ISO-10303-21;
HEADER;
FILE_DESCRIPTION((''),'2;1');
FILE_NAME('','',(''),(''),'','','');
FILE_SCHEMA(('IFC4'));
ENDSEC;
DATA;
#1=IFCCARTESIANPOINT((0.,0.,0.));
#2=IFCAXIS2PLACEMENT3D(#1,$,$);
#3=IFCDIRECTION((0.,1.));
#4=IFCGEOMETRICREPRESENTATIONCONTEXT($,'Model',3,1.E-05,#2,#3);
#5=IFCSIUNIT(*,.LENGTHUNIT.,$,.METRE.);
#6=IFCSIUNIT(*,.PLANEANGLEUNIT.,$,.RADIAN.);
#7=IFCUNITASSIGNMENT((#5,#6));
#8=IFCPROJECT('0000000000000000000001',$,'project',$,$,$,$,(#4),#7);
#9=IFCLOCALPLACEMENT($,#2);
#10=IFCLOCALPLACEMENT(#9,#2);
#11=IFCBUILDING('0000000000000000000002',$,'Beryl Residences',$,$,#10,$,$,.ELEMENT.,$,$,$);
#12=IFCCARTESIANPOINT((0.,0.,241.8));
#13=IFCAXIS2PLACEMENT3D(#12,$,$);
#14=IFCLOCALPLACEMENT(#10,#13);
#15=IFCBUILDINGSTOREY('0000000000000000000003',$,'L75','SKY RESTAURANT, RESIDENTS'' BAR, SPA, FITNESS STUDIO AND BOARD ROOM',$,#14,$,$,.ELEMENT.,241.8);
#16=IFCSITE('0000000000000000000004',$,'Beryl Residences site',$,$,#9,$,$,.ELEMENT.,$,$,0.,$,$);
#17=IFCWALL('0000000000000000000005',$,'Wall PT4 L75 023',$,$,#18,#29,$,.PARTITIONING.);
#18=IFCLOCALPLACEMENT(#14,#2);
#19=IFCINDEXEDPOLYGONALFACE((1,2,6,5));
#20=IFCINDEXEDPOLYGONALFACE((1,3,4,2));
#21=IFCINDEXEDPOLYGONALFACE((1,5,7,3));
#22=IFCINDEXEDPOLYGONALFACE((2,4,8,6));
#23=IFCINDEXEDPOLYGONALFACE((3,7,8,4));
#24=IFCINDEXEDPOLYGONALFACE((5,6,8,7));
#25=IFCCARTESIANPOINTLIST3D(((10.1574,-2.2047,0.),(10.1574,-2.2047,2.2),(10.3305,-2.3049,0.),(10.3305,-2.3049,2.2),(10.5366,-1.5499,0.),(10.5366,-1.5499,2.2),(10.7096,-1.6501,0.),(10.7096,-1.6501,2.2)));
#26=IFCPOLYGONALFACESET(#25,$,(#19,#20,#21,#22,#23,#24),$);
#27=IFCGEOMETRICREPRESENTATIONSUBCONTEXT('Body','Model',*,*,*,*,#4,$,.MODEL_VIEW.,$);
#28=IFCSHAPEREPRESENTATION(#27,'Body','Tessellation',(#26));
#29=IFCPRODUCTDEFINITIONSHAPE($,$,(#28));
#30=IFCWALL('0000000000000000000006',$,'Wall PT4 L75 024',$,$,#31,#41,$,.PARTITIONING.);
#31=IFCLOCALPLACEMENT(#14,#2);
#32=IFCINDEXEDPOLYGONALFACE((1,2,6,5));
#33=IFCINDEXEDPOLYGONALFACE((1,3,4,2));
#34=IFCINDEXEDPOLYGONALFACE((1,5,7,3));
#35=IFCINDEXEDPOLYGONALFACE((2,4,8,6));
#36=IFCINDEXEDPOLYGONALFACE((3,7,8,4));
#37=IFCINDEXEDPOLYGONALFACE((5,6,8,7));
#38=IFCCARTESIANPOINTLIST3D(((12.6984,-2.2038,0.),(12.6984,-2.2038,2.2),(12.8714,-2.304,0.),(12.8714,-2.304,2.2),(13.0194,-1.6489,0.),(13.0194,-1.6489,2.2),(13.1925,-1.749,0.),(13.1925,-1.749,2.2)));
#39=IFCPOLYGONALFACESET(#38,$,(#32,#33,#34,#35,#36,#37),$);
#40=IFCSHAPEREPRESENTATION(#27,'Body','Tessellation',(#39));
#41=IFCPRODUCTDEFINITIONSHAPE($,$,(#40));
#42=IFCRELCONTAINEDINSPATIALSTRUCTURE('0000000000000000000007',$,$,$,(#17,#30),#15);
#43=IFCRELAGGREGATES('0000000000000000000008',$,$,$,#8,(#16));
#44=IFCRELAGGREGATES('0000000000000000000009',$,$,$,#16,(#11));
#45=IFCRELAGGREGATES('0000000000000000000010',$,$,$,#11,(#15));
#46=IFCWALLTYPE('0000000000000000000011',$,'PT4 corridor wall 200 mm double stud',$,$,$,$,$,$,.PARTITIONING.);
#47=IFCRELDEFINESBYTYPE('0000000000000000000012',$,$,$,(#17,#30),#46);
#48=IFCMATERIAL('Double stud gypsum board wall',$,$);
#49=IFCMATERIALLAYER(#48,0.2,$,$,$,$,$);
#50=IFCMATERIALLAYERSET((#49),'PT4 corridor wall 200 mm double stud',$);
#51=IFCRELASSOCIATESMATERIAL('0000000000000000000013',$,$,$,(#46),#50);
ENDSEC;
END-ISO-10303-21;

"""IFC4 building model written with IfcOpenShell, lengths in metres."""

from ifc_helpers import new_model, si_unit, direction, frame, frame_2d, origin, place, context, subcontext, project, spatial, rectangle, extrude, material, layer, layer_set, type_object, element, save


model = new_model("IFC4")

# Units and contexts
model_context = context("Model", 3, precision=1e-05, world=origin(), true_north=direction((0.0, 1.0)))
body_context = subcontext(model_context, "Body", "Model", "MODEL_VIEW")
ifc_project = project(units=[si_unit("LENGTHUNIT", "METRE"), si_unit("PLANEANGLEUNIT", "RADIAN")], contexts=[model_context])

# Site, building, storey
site_placement = place(None, origin())
site = spatial("IfcSite", under=ifc_project, at=site_placement, Name="Beryl Residences site", CompositionType="ELEMENT", RefElevation=0.0)
building_placement = place(site_placement, origin())
building = spatial("IfcBuilding", under=site, at=building_placement, Name="Beryl Residences", CompositionType="ELEMENT")
storey_placement = place(building_placement, frame((0.0, 0.0, 241.8)))
storey = spatial("IfcBuildingStorey", under=building, at=storey_placement, Name="L75", Description="SKY RESTAURANT, RESIDENTS' BAR, SPA, FITNESS STUDIO AND BOARD ROOM", CompositionType="ELEMENT", Elevation=241.8)

# Walls
ifc_material_1 = material(Name="Double stud gypsum board wall")
ifc_layer_1 = layer(ifc_material_1, 0.2)
ifc_layer_set_1 = layer_set([ifc_layer_1], Name="PT4 corridor wall 200 mm double stud")
wall_type_1 = type_object("IfcWallType", Name="PT4 corridor wall 200 mm double stud", PredefinedType="PARTITIONING", material=ifc_layer_set_1)
wall_1_placement = place(storey_placement, frame((10.2439, -2.2549, 0.0), z_axis=(0.0, 0.0, 1.0), x_axis=(0.5011, 0.865389, 0.0)))
element("IfcWall", 1, at=wall_1_placement, inside=storey, type_object=wall_type_1, Name="Wall PT4 L75 023", PredefinedType="PARTITIONING", context=body_context, shape_type="SweptSolid", body=[
    extrude(rectangle(XDim=0.7566, YDim=0.2, at=frame_2d((0.3784, 0.0))), origin(), (0.0, 0.0, 1.0), 2.2),
])
wall_2_placement = place(storey_placement, frame((12.7849, -2.2539, 0.0), z_axis=(0.0, 0.0, 1.0), x_axis=(0.500766, 0.865583, 0.0)))
element("IfcWall", 2, at=wall_2_placement, inside=storey, type_object=wall_type_1, Name="Wall PT4 L75 024", PredefinedType="PARTITIONING", context=body_context, shape_type="SweptSolid", body=[
    extrude(rectangle(XDim=0.6411, YDim=0.2, at=frame_2d((0.3206, 0.0))), origin(), (0.0, 0.0, 1.0), 2.2),
])

save(model, "model.ifc")
